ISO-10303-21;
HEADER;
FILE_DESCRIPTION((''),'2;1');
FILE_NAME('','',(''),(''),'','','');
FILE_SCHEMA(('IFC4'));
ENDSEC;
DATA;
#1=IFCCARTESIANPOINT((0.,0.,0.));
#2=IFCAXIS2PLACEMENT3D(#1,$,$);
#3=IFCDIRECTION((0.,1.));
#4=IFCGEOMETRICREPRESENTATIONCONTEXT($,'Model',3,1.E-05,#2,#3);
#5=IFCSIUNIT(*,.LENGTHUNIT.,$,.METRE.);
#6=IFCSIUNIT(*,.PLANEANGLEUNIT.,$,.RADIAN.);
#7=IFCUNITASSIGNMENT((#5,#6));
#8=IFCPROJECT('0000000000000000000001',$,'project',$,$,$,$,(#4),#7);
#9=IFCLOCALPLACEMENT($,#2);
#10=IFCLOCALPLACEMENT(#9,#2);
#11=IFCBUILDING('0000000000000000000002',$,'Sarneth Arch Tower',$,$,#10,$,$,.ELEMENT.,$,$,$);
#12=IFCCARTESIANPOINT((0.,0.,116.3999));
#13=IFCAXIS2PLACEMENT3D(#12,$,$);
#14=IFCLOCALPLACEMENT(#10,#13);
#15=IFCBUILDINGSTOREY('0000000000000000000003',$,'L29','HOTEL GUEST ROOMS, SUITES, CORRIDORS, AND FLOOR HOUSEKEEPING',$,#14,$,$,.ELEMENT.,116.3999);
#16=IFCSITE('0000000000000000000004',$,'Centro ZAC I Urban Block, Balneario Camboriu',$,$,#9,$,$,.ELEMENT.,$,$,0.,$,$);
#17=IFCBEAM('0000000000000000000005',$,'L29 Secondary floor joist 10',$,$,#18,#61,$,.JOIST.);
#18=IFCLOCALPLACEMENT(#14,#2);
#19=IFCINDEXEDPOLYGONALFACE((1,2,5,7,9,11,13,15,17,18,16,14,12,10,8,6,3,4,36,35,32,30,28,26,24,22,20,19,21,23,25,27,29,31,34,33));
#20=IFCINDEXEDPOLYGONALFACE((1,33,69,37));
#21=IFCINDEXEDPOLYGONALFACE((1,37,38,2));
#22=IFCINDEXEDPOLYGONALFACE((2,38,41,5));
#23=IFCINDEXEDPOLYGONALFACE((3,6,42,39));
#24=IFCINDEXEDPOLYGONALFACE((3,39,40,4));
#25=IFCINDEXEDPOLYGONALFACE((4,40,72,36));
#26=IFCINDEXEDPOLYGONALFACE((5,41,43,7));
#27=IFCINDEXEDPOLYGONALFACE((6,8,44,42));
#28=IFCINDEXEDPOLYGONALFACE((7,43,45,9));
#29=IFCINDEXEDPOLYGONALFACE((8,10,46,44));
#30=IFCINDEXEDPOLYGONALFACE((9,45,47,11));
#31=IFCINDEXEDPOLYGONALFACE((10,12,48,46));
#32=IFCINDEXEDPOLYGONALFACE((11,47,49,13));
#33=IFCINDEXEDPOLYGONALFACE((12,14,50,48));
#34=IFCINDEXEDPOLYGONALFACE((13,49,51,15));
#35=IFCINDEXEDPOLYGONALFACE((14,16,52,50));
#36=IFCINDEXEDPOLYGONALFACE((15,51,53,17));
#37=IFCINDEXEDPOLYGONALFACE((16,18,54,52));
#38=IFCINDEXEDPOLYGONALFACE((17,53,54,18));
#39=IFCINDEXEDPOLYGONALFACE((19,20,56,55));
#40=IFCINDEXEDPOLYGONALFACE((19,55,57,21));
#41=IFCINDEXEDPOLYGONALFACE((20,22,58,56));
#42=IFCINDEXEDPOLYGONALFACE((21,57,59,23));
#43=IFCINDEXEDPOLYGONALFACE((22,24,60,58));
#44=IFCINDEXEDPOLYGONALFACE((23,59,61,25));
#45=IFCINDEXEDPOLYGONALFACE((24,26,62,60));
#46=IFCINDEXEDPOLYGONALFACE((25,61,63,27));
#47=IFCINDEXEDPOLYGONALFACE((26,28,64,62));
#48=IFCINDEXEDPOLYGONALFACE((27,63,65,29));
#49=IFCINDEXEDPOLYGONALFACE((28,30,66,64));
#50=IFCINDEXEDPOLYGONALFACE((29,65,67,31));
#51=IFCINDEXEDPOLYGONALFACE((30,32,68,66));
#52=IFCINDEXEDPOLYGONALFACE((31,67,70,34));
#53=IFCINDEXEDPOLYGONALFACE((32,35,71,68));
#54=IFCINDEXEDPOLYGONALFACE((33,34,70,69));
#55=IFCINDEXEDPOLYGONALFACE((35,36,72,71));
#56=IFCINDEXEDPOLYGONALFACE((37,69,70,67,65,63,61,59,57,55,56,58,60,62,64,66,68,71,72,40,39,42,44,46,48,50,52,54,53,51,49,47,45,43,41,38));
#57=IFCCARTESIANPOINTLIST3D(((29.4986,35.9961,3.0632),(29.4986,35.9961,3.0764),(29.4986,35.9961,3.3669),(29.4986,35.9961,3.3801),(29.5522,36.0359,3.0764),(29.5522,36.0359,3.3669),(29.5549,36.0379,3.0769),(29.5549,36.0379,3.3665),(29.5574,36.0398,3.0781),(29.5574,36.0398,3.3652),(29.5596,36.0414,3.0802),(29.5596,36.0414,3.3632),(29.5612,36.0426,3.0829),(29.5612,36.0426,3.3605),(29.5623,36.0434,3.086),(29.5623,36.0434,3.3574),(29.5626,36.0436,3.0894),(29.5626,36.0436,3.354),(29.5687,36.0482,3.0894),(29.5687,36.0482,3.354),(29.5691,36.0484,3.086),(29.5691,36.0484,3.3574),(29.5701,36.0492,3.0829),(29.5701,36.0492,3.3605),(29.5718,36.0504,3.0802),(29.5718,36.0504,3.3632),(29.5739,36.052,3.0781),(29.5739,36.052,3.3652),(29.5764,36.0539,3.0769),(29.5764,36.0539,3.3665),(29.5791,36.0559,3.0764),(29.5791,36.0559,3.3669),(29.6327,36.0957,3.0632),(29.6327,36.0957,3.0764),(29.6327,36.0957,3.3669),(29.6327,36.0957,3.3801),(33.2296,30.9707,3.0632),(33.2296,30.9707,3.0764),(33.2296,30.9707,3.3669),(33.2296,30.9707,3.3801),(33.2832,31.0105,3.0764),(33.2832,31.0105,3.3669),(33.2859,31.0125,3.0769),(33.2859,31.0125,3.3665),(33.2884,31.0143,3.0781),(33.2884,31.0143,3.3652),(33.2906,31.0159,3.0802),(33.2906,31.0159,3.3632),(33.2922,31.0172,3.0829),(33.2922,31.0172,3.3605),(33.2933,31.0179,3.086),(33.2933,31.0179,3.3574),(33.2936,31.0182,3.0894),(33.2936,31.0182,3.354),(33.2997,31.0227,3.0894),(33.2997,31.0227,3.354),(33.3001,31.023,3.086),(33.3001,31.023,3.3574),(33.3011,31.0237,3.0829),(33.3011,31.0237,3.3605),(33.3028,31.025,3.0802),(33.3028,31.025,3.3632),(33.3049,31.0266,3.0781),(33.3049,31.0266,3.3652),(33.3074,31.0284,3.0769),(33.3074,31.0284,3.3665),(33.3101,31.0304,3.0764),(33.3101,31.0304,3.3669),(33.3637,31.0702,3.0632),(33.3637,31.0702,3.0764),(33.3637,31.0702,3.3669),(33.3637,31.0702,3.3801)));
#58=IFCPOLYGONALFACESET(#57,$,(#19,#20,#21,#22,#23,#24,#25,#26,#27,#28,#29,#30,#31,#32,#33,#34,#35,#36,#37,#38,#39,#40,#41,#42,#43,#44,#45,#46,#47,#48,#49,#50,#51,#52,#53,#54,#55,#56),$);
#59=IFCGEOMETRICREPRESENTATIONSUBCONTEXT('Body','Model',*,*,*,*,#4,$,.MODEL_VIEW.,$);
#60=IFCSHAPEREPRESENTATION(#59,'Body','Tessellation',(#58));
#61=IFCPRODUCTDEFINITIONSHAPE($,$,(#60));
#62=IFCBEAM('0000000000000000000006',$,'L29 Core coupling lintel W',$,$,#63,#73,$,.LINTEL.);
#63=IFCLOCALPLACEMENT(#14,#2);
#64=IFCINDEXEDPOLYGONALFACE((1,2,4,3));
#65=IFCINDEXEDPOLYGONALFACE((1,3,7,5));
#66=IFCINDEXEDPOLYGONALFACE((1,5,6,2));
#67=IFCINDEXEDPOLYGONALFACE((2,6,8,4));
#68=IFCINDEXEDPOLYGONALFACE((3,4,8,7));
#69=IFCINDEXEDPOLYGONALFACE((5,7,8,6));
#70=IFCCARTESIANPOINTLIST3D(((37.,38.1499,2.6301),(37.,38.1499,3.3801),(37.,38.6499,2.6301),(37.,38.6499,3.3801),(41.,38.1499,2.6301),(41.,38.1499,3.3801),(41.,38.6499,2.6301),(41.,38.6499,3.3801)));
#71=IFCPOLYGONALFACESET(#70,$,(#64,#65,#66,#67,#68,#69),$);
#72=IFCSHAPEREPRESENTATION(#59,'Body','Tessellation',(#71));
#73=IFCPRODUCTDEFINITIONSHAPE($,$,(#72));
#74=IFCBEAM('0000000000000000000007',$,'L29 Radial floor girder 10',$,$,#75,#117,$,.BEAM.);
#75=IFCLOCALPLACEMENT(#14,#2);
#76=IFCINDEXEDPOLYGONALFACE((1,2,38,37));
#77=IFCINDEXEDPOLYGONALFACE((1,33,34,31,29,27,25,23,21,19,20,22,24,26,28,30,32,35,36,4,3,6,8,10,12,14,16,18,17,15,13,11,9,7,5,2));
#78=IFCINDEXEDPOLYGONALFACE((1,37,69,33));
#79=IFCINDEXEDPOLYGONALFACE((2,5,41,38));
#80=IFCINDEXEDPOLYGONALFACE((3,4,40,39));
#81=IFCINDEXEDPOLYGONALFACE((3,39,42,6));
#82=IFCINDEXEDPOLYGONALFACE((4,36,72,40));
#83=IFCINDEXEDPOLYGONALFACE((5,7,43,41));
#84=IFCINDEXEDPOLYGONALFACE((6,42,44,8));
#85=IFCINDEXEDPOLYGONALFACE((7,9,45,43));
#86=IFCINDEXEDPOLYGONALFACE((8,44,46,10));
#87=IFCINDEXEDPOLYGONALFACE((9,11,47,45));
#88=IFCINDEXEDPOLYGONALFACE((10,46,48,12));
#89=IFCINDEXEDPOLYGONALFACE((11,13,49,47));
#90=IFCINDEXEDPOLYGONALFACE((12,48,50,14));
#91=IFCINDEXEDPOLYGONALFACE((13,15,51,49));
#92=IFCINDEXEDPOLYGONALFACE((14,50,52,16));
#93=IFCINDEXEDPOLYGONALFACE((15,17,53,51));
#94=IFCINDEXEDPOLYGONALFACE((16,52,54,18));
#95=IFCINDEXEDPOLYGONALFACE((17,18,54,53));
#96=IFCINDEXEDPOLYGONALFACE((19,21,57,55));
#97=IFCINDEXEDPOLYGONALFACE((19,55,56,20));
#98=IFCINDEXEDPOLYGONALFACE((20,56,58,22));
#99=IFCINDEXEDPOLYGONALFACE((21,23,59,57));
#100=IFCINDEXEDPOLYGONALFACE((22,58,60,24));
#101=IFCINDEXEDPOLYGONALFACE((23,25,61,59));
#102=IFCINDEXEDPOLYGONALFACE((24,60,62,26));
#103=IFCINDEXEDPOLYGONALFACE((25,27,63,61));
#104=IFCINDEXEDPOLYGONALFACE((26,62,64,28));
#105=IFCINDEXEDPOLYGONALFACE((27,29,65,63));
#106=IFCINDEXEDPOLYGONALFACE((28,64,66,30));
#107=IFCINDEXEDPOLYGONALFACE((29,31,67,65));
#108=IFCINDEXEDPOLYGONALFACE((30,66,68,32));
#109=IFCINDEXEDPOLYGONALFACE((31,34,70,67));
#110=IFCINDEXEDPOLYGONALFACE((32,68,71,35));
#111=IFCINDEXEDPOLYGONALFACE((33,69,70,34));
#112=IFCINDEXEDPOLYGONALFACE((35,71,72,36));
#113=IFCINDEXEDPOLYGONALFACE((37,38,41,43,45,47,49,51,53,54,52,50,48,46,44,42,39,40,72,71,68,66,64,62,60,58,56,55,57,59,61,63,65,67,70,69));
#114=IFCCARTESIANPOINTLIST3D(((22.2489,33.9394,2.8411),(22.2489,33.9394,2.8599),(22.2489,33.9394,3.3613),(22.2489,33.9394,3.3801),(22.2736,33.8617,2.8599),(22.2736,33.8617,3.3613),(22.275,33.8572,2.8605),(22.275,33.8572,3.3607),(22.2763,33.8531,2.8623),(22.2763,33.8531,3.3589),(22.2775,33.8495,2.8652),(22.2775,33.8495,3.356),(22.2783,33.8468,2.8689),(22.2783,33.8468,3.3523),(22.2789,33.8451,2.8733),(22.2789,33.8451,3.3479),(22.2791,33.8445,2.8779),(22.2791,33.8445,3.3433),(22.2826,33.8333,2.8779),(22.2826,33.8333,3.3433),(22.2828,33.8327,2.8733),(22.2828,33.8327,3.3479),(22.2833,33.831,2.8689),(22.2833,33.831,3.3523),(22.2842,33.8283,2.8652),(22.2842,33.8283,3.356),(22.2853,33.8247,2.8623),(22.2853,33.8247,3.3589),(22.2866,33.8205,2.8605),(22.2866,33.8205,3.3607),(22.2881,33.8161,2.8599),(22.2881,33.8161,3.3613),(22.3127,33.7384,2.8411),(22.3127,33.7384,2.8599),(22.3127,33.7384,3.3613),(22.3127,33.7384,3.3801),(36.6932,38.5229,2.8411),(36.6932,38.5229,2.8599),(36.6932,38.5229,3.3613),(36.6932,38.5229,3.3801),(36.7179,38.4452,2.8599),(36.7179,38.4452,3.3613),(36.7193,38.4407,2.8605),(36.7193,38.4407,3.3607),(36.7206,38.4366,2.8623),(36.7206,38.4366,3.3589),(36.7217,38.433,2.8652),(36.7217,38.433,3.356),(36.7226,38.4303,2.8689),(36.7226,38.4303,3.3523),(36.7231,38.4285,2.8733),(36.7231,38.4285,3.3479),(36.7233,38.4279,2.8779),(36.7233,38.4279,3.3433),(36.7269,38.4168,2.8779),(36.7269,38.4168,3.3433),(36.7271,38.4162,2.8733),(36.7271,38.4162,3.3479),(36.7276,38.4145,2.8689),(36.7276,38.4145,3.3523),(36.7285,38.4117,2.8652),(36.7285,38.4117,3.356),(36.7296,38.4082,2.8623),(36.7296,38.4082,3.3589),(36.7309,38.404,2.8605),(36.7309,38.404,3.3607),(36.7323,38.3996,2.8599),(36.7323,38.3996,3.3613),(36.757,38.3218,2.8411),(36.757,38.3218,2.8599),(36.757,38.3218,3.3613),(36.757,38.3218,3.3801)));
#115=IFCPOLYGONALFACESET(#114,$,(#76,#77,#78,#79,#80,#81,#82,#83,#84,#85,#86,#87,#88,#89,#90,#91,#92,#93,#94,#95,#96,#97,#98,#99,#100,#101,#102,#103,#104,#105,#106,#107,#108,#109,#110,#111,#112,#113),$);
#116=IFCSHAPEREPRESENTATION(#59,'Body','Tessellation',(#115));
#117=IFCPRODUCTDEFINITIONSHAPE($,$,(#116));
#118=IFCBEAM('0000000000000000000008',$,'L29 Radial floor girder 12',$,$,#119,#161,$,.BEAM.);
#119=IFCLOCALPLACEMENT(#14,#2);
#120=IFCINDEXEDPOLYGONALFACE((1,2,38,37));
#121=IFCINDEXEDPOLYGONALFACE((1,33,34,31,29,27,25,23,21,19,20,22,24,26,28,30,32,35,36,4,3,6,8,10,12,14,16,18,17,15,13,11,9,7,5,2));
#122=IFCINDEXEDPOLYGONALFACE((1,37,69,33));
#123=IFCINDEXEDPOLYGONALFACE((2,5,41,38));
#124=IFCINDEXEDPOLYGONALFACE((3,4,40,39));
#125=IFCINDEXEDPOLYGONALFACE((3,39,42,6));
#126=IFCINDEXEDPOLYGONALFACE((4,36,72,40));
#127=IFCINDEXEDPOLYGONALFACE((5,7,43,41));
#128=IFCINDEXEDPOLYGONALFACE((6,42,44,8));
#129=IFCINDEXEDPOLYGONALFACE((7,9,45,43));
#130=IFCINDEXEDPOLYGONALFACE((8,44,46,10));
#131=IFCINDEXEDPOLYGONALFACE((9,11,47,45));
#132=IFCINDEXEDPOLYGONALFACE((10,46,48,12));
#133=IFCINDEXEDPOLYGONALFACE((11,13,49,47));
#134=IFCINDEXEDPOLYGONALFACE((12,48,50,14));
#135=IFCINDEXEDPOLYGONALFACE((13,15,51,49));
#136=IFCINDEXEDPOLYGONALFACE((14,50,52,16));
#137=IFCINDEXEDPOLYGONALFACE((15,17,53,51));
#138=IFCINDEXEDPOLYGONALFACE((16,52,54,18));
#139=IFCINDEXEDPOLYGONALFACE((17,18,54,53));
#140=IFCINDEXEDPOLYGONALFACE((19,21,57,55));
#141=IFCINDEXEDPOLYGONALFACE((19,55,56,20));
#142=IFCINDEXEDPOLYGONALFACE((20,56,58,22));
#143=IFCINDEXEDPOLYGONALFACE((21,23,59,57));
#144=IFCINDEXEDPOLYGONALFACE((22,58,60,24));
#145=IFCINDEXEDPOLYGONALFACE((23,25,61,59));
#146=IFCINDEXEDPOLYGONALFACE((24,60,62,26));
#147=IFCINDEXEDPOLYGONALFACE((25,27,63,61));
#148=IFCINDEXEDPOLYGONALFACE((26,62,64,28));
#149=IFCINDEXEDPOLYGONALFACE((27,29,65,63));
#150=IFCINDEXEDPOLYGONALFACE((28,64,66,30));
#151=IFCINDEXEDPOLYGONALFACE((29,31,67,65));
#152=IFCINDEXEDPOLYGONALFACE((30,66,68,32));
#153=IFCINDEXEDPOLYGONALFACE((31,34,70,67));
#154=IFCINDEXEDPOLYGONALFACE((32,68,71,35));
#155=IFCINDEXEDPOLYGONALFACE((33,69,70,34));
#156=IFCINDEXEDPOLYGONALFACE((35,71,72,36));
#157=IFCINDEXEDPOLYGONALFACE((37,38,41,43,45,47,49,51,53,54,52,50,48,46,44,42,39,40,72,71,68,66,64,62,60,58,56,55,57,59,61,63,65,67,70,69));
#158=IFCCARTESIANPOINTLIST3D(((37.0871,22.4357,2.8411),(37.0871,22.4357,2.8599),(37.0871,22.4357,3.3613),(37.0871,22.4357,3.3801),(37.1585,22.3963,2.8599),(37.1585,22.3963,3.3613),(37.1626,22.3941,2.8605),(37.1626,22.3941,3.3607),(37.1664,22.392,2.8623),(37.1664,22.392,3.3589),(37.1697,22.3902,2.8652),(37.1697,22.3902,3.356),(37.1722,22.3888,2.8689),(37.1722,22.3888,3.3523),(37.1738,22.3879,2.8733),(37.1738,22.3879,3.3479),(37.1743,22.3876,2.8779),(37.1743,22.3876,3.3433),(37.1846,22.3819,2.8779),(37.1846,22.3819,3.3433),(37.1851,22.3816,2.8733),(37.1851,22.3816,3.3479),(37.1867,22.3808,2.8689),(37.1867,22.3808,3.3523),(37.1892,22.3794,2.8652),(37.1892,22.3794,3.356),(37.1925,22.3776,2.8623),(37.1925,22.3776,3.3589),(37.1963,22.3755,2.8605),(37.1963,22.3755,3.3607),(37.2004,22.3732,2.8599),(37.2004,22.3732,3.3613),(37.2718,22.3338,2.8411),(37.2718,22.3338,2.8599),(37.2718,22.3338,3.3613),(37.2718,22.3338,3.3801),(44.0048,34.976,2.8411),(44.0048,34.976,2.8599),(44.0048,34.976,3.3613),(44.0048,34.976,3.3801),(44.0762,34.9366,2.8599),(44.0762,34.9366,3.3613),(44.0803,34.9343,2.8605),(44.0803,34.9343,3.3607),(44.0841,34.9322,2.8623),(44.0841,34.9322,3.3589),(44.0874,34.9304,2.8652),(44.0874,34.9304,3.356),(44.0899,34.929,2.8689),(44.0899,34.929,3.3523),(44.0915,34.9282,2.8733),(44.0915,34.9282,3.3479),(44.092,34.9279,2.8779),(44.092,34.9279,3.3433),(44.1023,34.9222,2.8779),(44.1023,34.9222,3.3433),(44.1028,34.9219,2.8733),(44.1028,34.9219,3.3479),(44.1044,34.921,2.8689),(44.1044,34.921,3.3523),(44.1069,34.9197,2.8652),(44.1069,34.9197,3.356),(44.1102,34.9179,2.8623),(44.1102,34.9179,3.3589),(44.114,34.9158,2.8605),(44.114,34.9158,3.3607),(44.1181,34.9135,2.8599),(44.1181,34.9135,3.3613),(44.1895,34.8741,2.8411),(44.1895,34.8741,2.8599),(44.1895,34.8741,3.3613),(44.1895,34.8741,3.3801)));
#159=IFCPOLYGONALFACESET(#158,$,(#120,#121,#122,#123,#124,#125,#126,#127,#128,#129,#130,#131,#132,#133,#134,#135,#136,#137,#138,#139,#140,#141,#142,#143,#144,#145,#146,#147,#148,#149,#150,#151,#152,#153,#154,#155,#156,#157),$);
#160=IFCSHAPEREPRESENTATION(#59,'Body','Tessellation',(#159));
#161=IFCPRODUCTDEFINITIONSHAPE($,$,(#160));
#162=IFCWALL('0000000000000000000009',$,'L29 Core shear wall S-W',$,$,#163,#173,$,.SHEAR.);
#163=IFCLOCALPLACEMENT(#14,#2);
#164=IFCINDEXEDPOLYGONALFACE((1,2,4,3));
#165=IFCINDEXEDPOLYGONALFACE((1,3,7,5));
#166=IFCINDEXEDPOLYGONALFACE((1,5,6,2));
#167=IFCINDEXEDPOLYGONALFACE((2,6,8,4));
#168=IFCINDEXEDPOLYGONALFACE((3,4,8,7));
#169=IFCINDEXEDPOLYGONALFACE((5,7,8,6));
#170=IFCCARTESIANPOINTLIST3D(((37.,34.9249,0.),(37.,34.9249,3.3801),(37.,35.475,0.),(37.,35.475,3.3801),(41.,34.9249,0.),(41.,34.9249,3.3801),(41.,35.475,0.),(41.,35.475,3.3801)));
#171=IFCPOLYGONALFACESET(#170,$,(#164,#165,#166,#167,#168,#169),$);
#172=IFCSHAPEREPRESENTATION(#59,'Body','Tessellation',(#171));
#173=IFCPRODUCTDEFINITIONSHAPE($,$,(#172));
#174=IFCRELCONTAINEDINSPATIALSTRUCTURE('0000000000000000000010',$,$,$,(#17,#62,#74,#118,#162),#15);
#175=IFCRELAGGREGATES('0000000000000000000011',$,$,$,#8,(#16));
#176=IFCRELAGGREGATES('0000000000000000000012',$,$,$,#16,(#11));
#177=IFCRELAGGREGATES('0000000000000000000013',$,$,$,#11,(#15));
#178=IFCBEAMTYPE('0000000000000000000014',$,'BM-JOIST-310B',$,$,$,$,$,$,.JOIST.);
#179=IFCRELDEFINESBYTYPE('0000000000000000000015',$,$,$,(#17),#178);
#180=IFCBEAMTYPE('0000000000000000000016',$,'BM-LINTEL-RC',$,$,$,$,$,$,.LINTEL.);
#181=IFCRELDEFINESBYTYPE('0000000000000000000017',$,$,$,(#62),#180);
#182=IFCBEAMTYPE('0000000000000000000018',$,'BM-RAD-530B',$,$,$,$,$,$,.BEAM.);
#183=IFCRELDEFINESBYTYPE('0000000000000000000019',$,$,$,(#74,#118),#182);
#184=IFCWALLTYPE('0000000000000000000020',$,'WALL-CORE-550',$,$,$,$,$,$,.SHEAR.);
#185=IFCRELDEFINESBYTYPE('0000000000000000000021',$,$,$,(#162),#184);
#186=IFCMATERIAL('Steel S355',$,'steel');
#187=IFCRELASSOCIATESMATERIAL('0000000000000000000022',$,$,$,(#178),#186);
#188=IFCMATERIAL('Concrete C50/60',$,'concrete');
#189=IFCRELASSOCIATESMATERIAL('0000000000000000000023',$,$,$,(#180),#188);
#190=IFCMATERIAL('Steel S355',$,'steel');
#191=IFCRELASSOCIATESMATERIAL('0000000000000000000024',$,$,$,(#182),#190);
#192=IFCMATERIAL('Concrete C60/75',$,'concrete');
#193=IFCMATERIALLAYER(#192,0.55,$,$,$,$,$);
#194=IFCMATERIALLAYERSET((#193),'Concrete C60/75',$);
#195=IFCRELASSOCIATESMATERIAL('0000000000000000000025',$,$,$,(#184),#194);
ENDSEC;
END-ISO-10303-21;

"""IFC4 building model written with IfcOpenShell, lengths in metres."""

from ifc_helpers import new_model, si_unit, direction, frame, frame_2d, origin, origin_2d, place, context, subcontext, project, spatial, rectangle, i_section, extrude, material, layer, layer_set, material_profile, profile_set, type_object, element, save


model = new_model("IFC4")

# Units and contexts
model_context = context("Model", 3, precision=1e-05, world=origin(), true_north=direction((0.0, 1.0)))
body_context = subcontext(model_context, "Body", "Model", "MODEL_VIEW")
ifc_project = project(units=[si_unit("LENGTHUNIT", "METRE"), si_unit("PLANEANGLEUNIT", "RADIAN")], contexts=[model_context])

# Site, building, storey
site_placement = place(None, origin())
site = spatial("IfcSite", under=ifc_project, at=site_placement, Name="Centro ZAC I Urban Block, Balneario Camboriu", CompositionType="ELEMENT", RefElevation=0.0)
building_placement = place(site_placement, origin())
building = spatial("IfcBuilding", under=site, at=building_placement, Name="Sarneth Arch Tower", CompositionType="ELEMENT")
storey_placement = place(building_placement, frame((0.0, 0.0, 116.3999)))
storey = spatial("IfcBuildingStorey", under=building, at=storey_placement, Name="L29", Description="HOTEL GUEST ROOMS, SUITES, CORRIDORS, AND FLOOR HOUSEKEEPING", CompositionType="ELEMENT", Elevation=116.3999)

# Beams
ifc_material_1 = material(Name="Steel S355", Category="steel")
ifc_material_profile_1 = material_profile(ifc_material_1, i_section(OverallWidth=0.167, OverallDepth=0.3169, WebThickness=0.0076, FlangeThickness=0.0132, FilletRadius=0.0129, at=origin_2d()), Name="W310x52")
ifc_profile_set_1 = profile_set([ifc_material_profile_1], Name="Steel S355")
beam_type_1 = type_object("IfcBeamType", Name="BM-JOIST-310B", PredefinedType="JOIST", material=ifc_profile_set_1)
beam_1_placement = place(storey_placement, frame((29.5657, 36.0459, 3.2217), z_axis=(0.596098, -0.802911, 0.0), x_axis=(0.802911, 0.596098, 0.0)))
element("IfcBeam", 1, at=beam_1_placement, inside=storey, type_object=beam_type_1, Name="L29 Secondary floor joist 10", PredefinedType="JOIST", context=body_context, shape_type="SweptSolid", body=[
    extrude(i_section(OverallWidth=0.167, OverallDepth=0.3169, WebThickness=0.0076, FlangeThickness=0.0132, FilletRadius=0.0129, at=origin_2d()), origin(), (0.0, 0.0, 1.0), 6.259),
])
ifc_material_2 = material(Name="Concrete C50/60", Category="concrete")
ifc_material_profile_2 = material_profile(ifc_material_2, rectangle(XDim=0.5, YDim=0.75, at=origin_2d()), Name="RC-500x750")
ifc_profile_set_2 = profile_set([ifc_material_profile_2], Name="Concrete C50/60")
beam_type_2 = type_object("IfcBeamType", Name="BM-LINTEL-RC", PredefinedType="LINTEL", material=ifc_profile_set_2)
beam_2_placement = place(storey_placement, frame((37.0, 38.3999, 3.0051), z_axis=(1.0, 0.0, 0.0), x_axis=(0.0, 1.0, 0.0)))
element("IfcBeam", 2, at=beam_2_placement, inside=storey, type_object=beam_type_2, Name="L29 Core coupling lintel W", PredefinedType="LINTEL", context=body_context, shape_type="SweptSolid", body=[
    extrude(rectangle(XDim=0.5, YDim=0.75, at=origin_2d()), origin(), (0.0, 0.0, 1.0), 4.0),
])
ifc_material_3 = material(Name="Steel S355", Category="steel")
ifc_material_profile_3 = material_profile(ifc_material_3, i_section(OverallWidth=0.2109, OverallDepth=0.5391, WebThickness=0.0117, FlangeThickness=0.0188, FilletRadius=0.0181, at=origin_2d()), Name="W530x109")
ifc_profile_set_3 = profile_set([ifc_material_profile_3], Name="Steel S355")
beam_type_3 = type_object("IfcBeamType", Name="BM-RAD-530B", PredefinedType="BEAM", material=ifc_profile_set_3)
beam_3_placement = place(storey_placement, frame((36.7251, 38.4224, 3.1106), z_axis=(-0.953162, -0.302459, 0.0), x_axis=(0.302459, -0.953162, 0.0)))
element("IfcBeam", 3, at=beam_3_placement, inside=storey, type_object=beam_type_3, Name="L29 Radial floor girder 10", PredefinedType="BEAM", context=body_context, shape_type="SweptSolid", body=[
    extrude(i_section(OverallWidth=0.2109, OverallDepth=0.5391, WebThickness=0.0117, FlangeThickness=0.0188, FilletRadius=0.0181, at=origin_2d()), origin(), (0.0, 0.0, 1.0), 15.1541),
])
beam_4_placement = place(storey_placement, frame((44.0972, 34.925, 3.1106), z_axis=(-0.483021, -0.875609, 0.0), x_axis=(0.875609, -0.483021, 0.0)))
element("IfcBeam", 4, at=beam_4_placement, inside=storey, type_object=beam_type_3, Name="L29 Radial floor girder 12", PredefinedType="BEAM", context=body_context, shape_type="SweptSolid", body=[
    extrude(i_section(OverallWidth=0.2109, OverallDepth=0.5391, WebThickness=0.0117, FlangeThickness=0.0188, FilletRadius=0.0181, at=origin_2d()), origin(), (0.0, 0.0, 1.0), 14.3218),
])

# Wall
ifc_material_4 = material(Name="Concrete C60/75", Category="concrete")
ifc_layer_1 = layer(ifc_material_4, 0.55)
ifc_layer_set_1 = layer_set([ifc_layer_1], Name="Concrete C60/75")
wall_type_1 = type_object("IfcWallType", Name="WALL-CORE-550", PredefinedType="SHEAR", material=ifc_layer_set_1)
wall_1_placement = place(storey_placement, frame((37.0, 35.2, 0.0), z_axis=(0.0, 0.0, 1.0), x_axis=(1.0, 0.0, 0.0)))
element("IfcWall", 5, at=wall_1_placement, inside=storey, type_object=wall_type_1, Name="L29 Core shear wall S-W", PredefinedType="SHEAR", context=body_context, shape_type="SweptSolid", body=[
    extrude(rectangle(XDim=4.0, YDim=0.55, at=frame_2d((2.0, 0.0))), origin(), (0.0, 0.0, 1.0), 3.3801),
])

save(model, "model.ifc")
